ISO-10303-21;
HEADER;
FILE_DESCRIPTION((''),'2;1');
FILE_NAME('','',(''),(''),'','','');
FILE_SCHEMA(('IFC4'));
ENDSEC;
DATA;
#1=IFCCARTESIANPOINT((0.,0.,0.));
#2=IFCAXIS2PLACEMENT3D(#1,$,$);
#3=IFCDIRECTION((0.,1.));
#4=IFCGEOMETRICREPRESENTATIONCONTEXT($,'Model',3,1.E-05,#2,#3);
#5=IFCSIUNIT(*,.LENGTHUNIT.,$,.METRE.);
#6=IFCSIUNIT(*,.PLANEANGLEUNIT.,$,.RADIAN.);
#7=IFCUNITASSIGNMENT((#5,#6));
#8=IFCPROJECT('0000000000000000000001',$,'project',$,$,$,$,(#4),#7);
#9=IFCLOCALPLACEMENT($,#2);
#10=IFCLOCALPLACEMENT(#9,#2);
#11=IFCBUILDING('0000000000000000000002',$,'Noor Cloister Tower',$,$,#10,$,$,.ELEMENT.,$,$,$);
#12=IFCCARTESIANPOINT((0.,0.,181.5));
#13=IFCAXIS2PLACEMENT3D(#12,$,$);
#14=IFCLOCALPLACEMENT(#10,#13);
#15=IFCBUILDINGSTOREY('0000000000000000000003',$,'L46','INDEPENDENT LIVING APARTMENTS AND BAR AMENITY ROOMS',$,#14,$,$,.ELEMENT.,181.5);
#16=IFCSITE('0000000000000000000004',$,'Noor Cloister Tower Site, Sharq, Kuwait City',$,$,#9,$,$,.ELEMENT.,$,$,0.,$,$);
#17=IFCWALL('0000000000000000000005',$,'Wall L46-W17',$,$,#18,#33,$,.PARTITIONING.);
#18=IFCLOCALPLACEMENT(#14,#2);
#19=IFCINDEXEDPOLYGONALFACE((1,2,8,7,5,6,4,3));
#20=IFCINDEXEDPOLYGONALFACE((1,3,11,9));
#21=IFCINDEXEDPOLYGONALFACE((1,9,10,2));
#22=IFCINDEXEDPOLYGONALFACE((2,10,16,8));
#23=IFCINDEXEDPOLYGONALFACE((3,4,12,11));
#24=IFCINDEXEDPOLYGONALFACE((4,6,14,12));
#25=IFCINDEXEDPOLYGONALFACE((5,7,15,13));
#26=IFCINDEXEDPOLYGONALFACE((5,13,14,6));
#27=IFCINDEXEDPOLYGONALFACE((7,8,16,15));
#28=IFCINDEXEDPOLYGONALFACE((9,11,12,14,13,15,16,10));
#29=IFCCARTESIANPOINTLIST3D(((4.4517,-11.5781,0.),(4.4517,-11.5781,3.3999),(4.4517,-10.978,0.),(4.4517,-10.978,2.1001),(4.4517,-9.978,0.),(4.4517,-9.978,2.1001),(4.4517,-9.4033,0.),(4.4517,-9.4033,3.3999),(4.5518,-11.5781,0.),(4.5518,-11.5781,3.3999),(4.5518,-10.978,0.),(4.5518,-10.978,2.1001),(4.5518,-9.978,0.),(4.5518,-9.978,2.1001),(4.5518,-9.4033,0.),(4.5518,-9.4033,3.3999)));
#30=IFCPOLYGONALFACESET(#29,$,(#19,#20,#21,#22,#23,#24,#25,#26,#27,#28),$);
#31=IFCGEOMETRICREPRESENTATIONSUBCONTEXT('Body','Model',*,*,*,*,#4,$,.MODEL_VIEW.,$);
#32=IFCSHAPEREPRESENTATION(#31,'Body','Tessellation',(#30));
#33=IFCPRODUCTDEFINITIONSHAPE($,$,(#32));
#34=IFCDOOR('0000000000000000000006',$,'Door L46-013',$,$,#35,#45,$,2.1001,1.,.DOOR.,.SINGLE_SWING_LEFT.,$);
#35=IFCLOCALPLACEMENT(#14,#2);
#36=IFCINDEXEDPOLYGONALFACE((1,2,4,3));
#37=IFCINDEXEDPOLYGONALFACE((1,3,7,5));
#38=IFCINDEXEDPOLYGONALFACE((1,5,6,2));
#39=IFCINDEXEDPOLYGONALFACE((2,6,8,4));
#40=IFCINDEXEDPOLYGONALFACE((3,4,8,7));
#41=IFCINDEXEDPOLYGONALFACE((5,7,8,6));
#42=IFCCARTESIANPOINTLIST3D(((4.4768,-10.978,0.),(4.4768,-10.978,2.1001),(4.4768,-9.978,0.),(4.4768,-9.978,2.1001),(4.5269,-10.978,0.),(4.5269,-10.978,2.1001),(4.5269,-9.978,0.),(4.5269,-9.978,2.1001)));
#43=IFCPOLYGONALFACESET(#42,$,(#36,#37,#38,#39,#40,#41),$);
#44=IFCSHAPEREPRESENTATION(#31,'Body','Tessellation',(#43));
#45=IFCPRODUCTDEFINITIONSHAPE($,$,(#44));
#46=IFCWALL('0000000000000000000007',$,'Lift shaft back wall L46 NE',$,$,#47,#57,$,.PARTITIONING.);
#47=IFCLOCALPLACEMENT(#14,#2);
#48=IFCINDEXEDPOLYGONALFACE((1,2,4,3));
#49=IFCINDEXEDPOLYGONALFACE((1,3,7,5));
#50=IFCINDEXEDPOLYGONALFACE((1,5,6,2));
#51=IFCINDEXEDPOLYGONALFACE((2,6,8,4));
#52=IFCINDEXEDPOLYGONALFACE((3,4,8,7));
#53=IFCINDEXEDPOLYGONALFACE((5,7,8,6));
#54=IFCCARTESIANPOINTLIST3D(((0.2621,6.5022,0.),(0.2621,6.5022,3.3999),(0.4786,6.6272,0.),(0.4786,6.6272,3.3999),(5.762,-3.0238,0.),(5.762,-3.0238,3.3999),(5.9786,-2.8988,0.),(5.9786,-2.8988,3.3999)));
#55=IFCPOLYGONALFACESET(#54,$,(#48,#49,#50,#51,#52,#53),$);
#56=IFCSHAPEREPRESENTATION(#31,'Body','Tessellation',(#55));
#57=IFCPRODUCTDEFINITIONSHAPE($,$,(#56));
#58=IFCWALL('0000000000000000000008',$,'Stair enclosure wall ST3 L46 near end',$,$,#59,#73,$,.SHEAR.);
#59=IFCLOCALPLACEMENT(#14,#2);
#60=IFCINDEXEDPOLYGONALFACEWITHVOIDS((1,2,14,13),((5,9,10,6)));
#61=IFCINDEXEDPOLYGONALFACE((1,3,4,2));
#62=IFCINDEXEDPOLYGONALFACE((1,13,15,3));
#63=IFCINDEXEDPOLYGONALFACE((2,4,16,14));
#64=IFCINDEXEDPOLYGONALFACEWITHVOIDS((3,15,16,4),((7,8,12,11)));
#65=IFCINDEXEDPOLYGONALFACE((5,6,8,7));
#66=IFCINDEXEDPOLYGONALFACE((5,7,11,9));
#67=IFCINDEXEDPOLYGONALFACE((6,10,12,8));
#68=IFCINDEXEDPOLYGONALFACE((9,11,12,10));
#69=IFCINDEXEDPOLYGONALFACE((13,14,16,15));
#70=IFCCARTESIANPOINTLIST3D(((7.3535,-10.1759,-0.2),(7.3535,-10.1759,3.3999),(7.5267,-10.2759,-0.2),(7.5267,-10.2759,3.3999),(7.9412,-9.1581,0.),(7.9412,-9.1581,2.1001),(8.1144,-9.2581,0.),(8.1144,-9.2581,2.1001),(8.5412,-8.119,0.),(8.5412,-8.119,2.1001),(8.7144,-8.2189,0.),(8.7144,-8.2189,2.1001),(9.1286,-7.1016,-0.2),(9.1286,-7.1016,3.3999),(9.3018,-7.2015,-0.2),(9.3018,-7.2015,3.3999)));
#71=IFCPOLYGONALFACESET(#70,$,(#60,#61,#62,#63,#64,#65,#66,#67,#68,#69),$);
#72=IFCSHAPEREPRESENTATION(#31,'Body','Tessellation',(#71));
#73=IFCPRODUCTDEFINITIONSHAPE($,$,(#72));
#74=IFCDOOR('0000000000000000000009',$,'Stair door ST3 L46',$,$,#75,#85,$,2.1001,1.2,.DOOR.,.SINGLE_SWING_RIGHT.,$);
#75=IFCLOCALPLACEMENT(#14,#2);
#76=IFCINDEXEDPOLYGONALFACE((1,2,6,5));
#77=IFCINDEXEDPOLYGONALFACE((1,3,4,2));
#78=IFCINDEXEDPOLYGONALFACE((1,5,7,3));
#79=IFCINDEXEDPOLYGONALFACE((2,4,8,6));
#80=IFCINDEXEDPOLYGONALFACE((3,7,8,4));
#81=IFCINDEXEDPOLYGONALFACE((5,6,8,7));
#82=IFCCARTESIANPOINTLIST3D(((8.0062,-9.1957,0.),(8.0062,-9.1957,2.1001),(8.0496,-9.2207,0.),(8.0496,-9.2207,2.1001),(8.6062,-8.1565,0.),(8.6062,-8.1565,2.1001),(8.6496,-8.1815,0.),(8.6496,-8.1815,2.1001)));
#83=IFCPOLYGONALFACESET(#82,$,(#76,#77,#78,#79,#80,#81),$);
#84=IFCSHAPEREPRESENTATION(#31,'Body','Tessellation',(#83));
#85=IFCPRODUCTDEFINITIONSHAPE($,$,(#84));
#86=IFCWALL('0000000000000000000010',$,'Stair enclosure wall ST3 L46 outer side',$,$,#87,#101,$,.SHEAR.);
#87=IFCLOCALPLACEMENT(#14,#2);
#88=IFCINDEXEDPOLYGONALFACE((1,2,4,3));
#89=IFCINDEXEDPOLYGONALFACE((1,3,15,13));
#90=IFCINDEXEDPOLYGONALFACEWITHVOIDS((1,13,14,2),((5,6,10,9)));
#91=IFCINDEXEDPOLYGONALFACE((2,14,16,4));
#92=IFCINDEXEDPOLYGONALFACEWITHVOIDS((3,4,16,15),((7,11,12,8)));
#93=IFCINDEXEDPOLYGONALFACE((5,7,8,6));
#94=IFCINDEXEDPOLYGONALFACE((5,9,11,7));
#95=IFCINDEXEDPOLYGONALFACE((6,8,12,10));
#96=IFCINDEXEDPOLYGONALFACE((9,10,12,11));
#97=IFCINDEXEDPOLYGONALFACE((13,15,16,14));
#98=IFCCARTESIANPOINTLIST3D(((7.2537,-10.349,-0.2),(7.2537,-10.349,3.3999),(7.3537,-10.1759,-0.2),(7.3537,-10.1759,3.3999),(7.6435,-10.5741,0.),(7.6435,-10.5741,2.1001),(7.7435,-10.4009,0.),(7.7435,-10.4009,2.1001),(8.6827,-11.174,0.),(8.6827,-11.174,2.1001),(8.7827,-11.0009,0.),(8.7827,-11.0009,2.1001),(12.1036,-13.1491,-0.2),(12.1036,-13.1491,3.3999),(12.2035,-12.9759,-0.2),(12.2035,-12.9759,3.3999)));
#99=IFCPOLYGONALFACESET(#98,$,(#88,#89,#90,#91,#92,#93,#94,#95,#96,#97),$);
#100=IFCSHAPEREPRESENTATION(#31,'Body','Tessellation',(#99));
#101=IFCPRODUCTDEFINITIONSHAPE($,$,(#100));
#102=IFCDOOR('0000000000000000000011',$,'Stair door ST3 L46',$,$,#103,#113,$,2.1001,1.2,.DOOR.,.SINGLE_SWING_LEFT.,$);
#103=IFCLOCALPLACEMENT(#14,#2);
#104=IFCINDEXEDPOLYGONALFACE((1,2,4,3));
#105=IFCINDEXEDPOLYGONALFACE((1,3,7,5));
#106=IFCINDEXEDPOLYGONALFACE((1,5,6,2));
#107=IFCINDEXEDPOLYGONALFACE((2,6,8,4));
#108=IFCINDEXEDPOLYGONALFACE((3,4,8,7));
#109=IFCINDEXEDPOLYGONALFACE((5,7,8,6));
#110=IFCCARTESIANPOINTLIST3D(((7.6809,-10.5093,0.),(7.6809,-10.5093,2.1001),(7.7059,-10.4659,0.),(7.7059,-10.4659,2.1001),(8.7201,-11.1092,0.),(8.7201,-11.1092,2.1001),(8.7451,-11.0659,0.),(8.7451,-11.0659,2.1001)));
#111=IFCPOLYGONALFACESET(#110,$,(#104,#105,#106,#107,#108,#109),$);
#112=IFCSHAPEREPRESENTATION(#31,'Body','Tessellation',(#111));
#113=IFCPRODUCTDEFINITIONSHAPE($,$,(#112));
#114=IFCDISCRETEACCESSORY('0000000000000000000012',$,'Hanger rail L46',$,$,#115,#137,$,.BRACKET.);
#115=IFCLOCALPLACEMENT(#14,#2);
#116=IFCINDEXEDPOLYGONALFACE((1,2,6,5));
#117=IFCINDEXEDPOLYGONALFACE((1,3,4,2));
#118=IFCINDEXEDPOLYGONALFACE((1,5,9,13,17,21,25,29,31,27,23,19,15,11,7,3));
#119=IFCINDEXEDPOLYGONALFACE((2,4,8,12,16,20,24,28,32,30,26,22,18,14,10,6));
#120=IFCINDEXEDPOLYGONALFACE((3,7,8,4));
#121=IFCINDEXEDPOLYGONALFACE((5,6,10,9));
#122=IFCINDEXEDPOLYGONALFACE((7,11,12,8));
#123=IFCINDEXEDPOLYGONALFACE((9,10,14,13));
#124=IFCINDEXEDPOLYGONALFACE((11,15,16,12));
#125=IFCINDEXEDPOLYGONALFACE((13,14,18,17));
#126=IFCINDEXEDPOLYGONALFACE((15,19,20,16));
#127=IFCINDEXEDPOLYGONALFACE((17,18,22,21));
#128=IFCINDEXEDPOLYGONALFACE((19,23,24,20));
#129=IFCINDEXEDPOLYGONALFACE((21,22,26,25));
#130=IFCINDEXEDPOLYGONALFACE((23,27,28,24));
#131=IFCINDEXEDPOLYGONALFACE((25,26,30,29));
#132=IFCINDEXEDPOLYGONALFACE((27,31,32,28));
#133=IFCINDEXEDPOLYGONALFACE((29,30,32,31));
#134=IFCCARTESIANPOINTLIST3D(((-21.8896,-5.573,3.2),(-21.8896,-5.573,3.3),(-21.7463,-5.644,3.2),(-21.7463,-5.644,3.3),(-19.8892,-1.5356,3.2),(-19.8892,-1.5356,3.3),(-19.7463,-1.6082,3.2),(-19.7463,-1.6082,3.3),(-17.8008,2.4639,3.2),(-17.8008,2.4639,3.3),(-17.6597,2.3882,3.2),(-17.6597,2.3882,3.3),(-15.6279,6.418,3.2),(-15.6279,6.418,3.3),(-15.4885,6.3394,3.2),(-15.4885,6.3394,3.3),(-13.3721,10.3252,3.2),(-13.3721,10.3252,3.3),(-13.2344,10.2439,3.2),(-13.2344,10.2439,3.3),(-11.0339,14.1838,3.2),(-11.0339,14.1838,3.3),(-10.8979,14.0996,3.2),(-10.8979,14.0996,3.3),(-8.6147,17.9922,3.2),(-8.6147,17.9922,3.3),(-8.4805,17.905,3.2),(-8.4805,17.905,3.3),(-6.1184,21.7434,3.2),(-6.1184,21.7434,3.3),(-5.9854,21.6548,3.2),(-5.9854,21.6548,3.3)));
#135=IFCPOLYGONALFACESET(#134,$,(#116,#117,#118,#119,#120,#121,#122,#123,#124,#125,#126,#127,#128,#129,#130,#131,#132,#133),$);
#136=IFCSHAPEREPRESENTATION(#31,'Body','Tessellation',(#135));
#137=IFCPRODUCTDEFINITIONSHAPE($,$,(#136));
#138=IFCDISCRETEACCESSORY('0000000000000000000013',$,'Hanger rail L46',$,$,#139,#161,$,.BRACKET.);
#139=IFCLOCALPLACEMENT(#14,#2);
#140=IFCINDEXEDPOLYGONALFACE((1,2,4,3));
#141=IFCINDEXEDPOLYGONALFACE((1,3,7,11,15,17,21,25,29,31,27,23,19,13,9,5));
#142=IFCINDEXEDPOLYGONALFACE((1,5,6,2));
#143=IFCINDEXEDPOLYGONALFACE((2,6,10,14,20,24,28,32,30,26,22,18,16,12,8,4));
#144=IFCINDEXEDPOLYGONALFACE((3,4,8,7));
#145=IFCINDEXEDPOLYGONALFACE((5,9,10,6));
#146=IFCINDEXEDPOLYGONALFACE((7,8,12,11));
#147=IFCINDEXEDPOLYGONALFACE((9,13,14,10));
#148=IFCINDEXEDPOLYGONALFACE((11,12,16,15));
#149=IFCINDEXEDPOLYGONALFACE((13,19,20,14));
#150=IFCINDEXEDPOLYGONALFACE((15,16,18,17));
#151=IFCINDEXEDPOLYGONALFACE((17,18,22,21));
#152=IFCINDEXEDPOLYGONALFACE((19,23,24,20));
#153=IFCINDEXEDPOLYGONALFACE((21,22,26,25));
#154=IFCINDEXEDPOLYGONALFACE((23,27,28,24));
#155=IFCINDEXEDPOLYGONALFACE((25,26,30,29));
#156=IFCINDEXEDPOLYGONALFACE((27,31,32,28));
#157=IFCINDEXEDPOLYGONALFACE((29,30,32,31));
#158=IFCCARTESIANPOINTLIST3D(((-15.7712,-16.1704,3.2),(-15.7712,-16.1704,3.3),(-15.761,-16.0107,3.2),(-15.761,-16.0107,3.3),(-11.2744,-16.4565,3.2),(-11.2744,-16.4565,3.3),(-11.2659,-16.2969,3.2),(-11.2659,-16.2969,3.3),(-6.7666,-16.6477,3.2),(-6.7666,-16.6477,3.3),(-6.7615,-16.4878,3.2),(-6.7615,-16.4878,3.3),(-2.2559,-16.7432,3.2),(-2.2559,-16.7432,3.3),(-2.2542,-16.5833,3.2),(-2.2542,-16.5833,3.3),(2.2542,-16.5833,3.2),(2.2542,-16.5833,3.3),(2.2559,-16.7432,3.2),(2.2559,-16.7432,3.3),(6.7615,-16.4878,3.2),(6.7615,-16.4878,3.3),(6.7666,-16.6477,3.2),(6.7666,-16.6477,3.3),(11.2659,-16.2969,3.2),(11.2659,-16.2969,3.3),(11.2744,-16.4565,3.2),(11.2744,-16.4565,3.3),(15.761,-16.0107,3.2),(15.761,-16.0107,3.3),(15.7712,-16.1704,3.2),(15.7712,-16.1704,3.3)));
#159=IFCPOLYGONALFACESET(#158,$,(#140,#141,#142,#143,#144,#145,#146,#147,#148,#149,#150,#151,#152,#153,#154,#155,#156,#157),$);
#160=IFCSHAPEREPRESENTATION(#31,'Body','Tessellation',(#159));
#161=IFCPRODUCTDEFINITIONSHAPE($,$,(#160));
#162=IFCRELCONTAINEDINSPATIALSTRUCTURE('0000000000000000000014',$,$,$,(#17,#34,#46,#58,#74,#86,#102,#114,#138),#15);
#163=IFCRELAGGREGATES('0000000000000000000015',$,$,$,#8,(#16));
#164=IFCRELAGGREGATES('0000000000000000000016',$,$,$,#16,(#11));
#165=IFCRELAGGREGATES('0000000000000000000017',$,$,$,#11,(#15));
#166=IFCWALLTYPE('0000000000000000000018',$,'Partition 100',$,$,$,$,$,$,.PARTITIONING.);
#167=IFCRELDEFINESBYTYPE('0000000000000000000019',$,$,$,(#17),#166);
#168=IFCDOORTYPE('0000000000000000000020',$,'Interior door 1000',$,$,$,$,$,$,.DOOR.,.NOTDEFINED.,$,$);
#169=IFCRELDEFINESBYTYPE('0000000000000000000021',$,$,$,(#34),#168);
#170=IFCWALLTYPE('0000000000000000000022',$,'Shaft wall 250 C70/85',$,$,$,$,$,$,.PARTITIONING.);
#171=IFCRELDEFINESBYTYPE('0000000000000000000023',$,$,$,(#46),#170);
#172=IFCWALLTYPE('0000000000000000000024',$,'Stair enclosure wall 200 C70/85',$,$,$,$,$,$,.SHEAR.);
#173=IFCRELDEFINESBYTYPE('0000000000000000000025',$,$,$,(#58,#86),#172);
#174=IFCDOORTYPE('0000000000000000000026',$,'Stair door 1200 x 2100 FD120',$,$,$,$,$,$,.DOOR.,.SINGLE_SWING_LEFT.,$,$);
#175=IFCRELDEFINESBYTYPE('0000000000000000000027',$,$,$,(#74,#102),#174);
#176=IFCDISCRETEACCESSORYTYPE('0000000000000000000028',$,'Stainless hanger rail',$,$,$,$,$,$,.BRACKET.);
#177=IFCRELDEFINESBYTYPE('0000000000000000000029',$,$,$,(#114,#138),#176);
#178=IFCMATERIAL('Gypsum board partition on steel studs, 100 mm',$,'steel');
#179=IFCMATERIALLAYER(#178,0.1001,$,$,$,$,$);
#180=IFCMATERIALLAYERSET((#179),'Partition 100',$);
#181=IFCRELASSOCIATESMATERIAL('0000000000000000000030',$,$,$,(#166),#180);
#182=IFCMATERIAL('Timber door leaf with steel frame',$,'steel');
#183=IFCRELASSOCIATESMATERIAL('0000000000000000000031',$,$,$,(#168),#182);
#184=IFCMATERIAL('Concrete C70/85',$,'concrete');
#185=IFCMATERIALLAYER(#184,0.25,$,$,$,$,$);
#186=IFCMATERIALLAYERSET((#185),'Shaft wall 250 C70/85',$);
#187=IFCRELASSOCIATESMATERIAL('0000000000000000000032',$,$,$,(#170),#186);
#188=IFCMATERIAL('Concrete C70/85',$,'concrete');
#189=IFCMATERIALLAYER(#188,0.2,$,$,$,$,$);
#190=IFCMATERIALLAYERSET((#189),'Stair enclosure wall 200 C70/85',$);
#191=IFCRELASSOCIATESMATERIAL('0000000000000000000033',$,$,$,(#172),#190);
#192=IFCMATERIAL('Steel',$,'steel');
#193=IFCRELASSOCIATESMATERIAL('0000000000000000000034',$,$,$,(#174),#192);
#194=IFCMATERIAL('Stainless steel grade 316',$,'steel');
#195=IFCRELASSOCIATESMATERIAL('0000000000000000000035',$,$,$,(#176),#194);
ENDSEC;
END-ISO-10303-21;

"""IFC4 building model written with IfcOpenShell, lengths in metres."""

from ifc_helpers import new_model, si_unit, direction, frame, frame_2d, origin, place, context, subcontext, project, spatial, polyline, rectangle, outline, extrude, material, layer, layer_set, type_object, element, fill, save


model = new_model("IFC4")

# Units and contexts
model_context = context("Model", 3, precision=1e-05, world=origin(), true_north=direction((0.0, 1.0)))
body_context = subcontext(model_context, "Body", "Model", "MODEL_VIEW")
ifc_project = project(units=[si_unit("LENGTHUNIT", "METRE"), si_unit("PLANEANGLEUNIT", "RADIAN")], contexts=[model_context])

# Site, building, storey
site_placement = place(None, origin())
site = spatial("IfcSite", under=ifc_project, at=site_placement, Name="Noor Cloister Tower Site, Sharq, Kuwait City", CompositionType="ELEMENT", RefElevation=0.0)
building_placement = place(site_placement, origin())
building = spatial("IfcBuilding", under=site, at=building_placement, Name="Noor Cloister Tower", CompositionType="ELEMENT")
storey_placement = place(building_placement, frame((0.0, 0.0, 181.5)))
storey = spatial("IfcBuildingStorey", under=building, at=storey_placement, Name="L46", Description="INDEPENDENT LIVING APARTMENTS AND BAR AMENITY ROOMS", CompositionType="ELEMENT", Elevation=181.5)

# Wall, opening, door
ifc_material_1 = material(Name="Gypsum board partition on steel studs, 100 mm", Category="steel")
ifc_layer_1 = layer(ifc_material_1, 0.1001)
ifc_layer_set_1 = layer_set([ifc_layer_1], Name="Partition 100")
wall_type_1 = type_object("IfcWallType", Name="Partition 100", PredefinedType="PARTITIONING", material=ifc_layer_set_1)
wall_1_placement = place(storey_placement, frame((4.5017, -11.5781, 0.0), z_axis=(0.0, 0.0, 1.0), x_axis=(0.0, 1.0, 0.0)))
wall_1 = element("IfcWall", 1, at=wall_1_placement, inside=storey, type_object=wall_type_1, Name="Wall L46-W17", PredefinedType="PARTITIONING", context=body_context, shape_type="SweptSolid", body=[
    extrude(rectangle(XDim=2.1748, YDim=0.1001, at=frame_2d((1.0874, 0.0))), origin(), (0.0, 0.0, 1.0), 3.3999),
])
opening_1_placement = place(wall_1_placement, frame((0.6001, 0.0, 0.0)))
opening_1 = element("IfcOpeningElement", 2, at=opening_1_placement, cuts=wall_1, PredefinedType="OPENING", context=body_context, shape_type="SweptSolid", body=[
    extrude(rectangle(XDim=1.0, YDim=2.1001, at=frame_2d((0.5, 1.05))), frame((0.0, 0.0601, 0.0), z_axis=(0.0, -1.0, 0.0), x_axis=(1.0, 0.0, 0.0)), (0.0, 0.0, 1.0), 0.1201),
])
ifc_material_2 = material(Name="Timber door leaf with steel frame", Category="steel")
door_type_1 = type_object("IfcDoorType", Name="Interior door 1000", OperationType="NOTDEFINED", PredefinedType="DOOR", material=ifc_material_2)
door_1_placement = place(opening_1_placement, origin())
door_1 = element("IfcDoor", 3, at=door_1_placement, inside=storey, type_object=door_type_1, Name="Door L46-013", OperationType="SINGLE_SWING_LEFT", OverallHeight=2.1001, OverallWidth=1.0, PredefinedType="DOOR", context=body_context, shape_type="SweptSolid", body=[
    extrude(rectangle(XDim=1.0, YDim=2.1001, at=frame_2d((0.5, 1.05))), frame((0.0, 0.0249, 0.0), z_axis=(0.0, -1.0, 0.0), x_axis=(1.0, 0.0, 0.0)), (0.0, 0.0, 1.0), 0.05),
])
fill(opening_1, door_1)

# Wall
ifc_material_3 = material(Name="Concrete C70/85", Category="concrete")
ifc_layer_2 = layer(ifc_material_3, 0.25)
ifc_layer_set_2 = layer_set([ifc_layer_2], Name="Shaft wall 250 C70/85")
wall_type_2 = type_object("IfcWallType", Name="Shaft wall 250 C70/85", PredefinedType="PARTITIONING", material=ifc_layer_set_2)
wall_2_placement = place(storey_placement, frame((5.8704, -2.9614, 0.0), z_axis=(0.0, 0.0, 1.0), x_axis=(-0.500006, 0.866022, 0.0)))
element("IfcWall", 4, at=wall_2_placement, inside=storey, type_object=wall_type_2, Name="Lift shaft back wall L46 NE", PredefinedType="PARTITIONING", context=body_context, shape_type="SweptSolid", body=[
    extrude(rectangle(XDim=10.9998, YDim=0.25, at=frame_2d((5.5, 0.0))), origin(), (0.0, 0.0, 1.0), 3.3999),
])

# Walls, openings, doors
ifc_material_4 = material(Name="Concrete C70/85", Category="concrete")
ifc_layer_3 = layer(ifc_material_4, 0.2)
ifc_layer_set_3 = layer_set([ifc_layer_3], Name="Stair enclosure wall 200 C70/85")
wall_type_3 = type_object("IfcWallType", Name="Stair enclosure wall 200 C70/85", PredefinedType="SHEAR", material=ifc_layer_set_3)
wall_3_placement = place(storey_placement, frame((7.4402, -10.2258, -0.2), z_axis=(0.0, 0.0, 1.0), x_axis=(0.500022, 0.866013, 0.0)))
wall_3 = element("IfcWall", 5, at=wall_3_placement, inside=storey, type_object=wall_type_3, Name="Stair enclosure wall ST3 L46 near end", PredefinedType="SHEAR", context=body_context, shape_type="SweptSolid", body=[
    extrude(rectangle(XDim=3.55, YDim=0.2, at=frame_2d((1.7749, 0.0))), origin(), (0.0, 0.0, 1.0), 3.5999),
])
opening_2_placement = place(wall_3_placement, frame((1.175, 0.0, 0.2)))
opening_2 = element("IfcOpeningElement", 6, at=opening_2_placement, cuts=wall_3, PredefinedType="OPENING", context=body_context, shape_type="SweptSolid", body=[
    extrude(rectangle(XDim=1.2, YDim=2.1001, at=frame_2d((0.6001, 1.05))), frame((0.0, 0.1099, 0.0), z_axis=(0.0, -1.0, 0.0), x_axis=(1.0, 0.0, 0.0)), (0.0, 0.0, 1.0), 0.22),
])
ifc_material_5 = material(Name="Steel", Category="steel")
door_type_2 = type_object("IfcDoorType", Name="Stair door 1200 x 2100 FD120", OperationType="SINGLE_SWING_LEFT", PredefinedType="DOOR", material=ifc_material_5)
door_2_placement = place(opening_2_placement, origin())
door_2 = element("IfcDoor", 7, at=door_2_placement, inside=storey, type_object=door_type_2, Name="Stair door ST3 L46", OperationType="SINGLE_SWING_RIGHT", OverallHeight=2.1001, OverallWidth=1.2, PredefinedType="DOOR", context=body_context, shape_type="SweptSolid", body=[
    extrude(rectangle(XDim=1.2, YDim=2.1001, at=frame_2d((0.6001, 1.05))), frame((0.0, 0.0249, 0.0), z_axis=(0.0, -1.0, 0.0), x_axis=(1.0, 0.0, 0.0)), (0.0, 0.0, 1.0), 0.05),
])
fill(opening_2, door_2)
wall_4_placement = place(storey_placement, frame((7.3037, -10.2625, -0.2), z_axis=(0.0, 0.0, 1.0), x_axis=(0.866027, -0.499998, 0.0)))
wall_4 = element("IfcWall", 8, at=wall_4_placement, inside=storey, type_object=wall_type_3, Name="Stair enclosure wall ST3 L46 outer side", PredefinedType="SHEAR", context=body_context, shape_type="SweptSolid", body=[
    extrude(rectangle(XDim=5.6001, YDim=0.2, at=frame_2d((2.8, 0.0))), origin(), (0.0, 0.0, 1.0), 3.5999),
])
opening_3_placement = place(wall_4_placement, frame((0.45, 0.0, 0.2)))
opening_3 = element("IfcOpeningElement", 9, at=opening_3_placement, cuts=wall_4, PredefinedType="OPENING", context=body_context, shape_type="SweptSolid", body=[
    extrude(rectangle(XDim=1.2, YDim=2.1001, at=frame_2d((0.6001, 1.05))), frame((0.0, 0.1099, 0.0), z_axis=(0.0, -1.0, 0.0), x_axis=(1.0, 0.0, 0.0)), (0.0, 0.0, 1.0), 0.22),
])
door_3_placement = place(opening_3_placement, origin())
door_3 = element("IfcDoor", 10, at=door_3_placement, inside=storey, type_object=door_type_2, Name="Stair door ST3 L46", OperationType="SINGLE_SWING_LEFT", OverallHeight=2.1001, OverallWidth=1.2, PredefinedType="DOOR", context=body_context, shape_type="SweptSolid", body=[
    extrude(rectangle(XDim=1.2, YDim=2.1001, at=frame_2d((0.6001, 1.05))), frame((0.0, 0.0249, 0.0), z_axis=(0.0, -1.0, 0.0), x_axis=(1.0, 0.0, 0.0)), (0.0, 0.0, 1.0), 0.05),
])
fill(opening_3, door_3)

# Discrete accessories
ifc_material_6 = material(Name="Stainless steel grade 316", Category="steel")
discrete_accessory_type = type_object("IfcDiscreteAccessoryType", Name="Stainless hanger rail", PredefinedType="BRACKET", material=ifc_material_6)
discrete_accessory_1_placement = place(storey_placement, frame((0.0, 0.0, 3.2)))
element("IfcDiscreteAccessory", 11, at=discrete_accessory_1_placement, inside=storey, type_object=discrete_accessory_type, Name="Hanger rail L46", PredefinedType="BRACKET", context=body_context, shape_type="SweptSolid", body=[
    extrude(outline(polyline([(-6.1184, 21.7434), (-8.6147, 17.9922), (-11.0339, 14.1838), (-13.3721, 10.3252), (-15.6279, 6.418), (-17.8008, 2.4639), (-19.8892, -1.5356), (-21.8896, -5.573), (-21.7463, -5.644), (-19.7463, -1.6082), (-17.6597, 2.3882), (-15.4885, 6.3394), (-13.2344, 10.2439), (-10.8979, 14.0996), (-8.4805, 17.905), (-5.9854, 21.6548), (-6.1184, 21.7434)])), origin(), (0.0, 0.0, 1.0), 0.1001),
])
discrete_accessory_2_placement = place(storey_placement, frame((0.0, 0.0, 3.2)))
element("IfcDiscreteAccessory", 12, at=discrete_accessory_2_placement, inside=storey, type_object=discrete_accessory_type, Name="Hanger rail L46", PredefinedType="BRACKET", context=body_context, shape_type="SweptSolid", body=[
    extrude(outline(polyline([(-15.7712, -16.1704), (-11.2744, -16.4565), (-6.7666, -16.6477), (-2.2559, -16.7432), (2.2559, -16.7432), (6.7666, -16.6477), (11.2744, -16.4565), (15.7712, -16.1704), (15.761, -16.0107), (11.2659, -16.2969), (6.7615, -16.4878), (2.2542, -16.5833), (-2.2542, -16.5833), (-6.7615, -16.4878), (-11.2659, -16.2969), (-15.761, -16.0107), (-15.7712, -16.1704)])), origin(), (0.0, 0.0, 1.0), 0.1001),
])

save(model, "model.ifc")
